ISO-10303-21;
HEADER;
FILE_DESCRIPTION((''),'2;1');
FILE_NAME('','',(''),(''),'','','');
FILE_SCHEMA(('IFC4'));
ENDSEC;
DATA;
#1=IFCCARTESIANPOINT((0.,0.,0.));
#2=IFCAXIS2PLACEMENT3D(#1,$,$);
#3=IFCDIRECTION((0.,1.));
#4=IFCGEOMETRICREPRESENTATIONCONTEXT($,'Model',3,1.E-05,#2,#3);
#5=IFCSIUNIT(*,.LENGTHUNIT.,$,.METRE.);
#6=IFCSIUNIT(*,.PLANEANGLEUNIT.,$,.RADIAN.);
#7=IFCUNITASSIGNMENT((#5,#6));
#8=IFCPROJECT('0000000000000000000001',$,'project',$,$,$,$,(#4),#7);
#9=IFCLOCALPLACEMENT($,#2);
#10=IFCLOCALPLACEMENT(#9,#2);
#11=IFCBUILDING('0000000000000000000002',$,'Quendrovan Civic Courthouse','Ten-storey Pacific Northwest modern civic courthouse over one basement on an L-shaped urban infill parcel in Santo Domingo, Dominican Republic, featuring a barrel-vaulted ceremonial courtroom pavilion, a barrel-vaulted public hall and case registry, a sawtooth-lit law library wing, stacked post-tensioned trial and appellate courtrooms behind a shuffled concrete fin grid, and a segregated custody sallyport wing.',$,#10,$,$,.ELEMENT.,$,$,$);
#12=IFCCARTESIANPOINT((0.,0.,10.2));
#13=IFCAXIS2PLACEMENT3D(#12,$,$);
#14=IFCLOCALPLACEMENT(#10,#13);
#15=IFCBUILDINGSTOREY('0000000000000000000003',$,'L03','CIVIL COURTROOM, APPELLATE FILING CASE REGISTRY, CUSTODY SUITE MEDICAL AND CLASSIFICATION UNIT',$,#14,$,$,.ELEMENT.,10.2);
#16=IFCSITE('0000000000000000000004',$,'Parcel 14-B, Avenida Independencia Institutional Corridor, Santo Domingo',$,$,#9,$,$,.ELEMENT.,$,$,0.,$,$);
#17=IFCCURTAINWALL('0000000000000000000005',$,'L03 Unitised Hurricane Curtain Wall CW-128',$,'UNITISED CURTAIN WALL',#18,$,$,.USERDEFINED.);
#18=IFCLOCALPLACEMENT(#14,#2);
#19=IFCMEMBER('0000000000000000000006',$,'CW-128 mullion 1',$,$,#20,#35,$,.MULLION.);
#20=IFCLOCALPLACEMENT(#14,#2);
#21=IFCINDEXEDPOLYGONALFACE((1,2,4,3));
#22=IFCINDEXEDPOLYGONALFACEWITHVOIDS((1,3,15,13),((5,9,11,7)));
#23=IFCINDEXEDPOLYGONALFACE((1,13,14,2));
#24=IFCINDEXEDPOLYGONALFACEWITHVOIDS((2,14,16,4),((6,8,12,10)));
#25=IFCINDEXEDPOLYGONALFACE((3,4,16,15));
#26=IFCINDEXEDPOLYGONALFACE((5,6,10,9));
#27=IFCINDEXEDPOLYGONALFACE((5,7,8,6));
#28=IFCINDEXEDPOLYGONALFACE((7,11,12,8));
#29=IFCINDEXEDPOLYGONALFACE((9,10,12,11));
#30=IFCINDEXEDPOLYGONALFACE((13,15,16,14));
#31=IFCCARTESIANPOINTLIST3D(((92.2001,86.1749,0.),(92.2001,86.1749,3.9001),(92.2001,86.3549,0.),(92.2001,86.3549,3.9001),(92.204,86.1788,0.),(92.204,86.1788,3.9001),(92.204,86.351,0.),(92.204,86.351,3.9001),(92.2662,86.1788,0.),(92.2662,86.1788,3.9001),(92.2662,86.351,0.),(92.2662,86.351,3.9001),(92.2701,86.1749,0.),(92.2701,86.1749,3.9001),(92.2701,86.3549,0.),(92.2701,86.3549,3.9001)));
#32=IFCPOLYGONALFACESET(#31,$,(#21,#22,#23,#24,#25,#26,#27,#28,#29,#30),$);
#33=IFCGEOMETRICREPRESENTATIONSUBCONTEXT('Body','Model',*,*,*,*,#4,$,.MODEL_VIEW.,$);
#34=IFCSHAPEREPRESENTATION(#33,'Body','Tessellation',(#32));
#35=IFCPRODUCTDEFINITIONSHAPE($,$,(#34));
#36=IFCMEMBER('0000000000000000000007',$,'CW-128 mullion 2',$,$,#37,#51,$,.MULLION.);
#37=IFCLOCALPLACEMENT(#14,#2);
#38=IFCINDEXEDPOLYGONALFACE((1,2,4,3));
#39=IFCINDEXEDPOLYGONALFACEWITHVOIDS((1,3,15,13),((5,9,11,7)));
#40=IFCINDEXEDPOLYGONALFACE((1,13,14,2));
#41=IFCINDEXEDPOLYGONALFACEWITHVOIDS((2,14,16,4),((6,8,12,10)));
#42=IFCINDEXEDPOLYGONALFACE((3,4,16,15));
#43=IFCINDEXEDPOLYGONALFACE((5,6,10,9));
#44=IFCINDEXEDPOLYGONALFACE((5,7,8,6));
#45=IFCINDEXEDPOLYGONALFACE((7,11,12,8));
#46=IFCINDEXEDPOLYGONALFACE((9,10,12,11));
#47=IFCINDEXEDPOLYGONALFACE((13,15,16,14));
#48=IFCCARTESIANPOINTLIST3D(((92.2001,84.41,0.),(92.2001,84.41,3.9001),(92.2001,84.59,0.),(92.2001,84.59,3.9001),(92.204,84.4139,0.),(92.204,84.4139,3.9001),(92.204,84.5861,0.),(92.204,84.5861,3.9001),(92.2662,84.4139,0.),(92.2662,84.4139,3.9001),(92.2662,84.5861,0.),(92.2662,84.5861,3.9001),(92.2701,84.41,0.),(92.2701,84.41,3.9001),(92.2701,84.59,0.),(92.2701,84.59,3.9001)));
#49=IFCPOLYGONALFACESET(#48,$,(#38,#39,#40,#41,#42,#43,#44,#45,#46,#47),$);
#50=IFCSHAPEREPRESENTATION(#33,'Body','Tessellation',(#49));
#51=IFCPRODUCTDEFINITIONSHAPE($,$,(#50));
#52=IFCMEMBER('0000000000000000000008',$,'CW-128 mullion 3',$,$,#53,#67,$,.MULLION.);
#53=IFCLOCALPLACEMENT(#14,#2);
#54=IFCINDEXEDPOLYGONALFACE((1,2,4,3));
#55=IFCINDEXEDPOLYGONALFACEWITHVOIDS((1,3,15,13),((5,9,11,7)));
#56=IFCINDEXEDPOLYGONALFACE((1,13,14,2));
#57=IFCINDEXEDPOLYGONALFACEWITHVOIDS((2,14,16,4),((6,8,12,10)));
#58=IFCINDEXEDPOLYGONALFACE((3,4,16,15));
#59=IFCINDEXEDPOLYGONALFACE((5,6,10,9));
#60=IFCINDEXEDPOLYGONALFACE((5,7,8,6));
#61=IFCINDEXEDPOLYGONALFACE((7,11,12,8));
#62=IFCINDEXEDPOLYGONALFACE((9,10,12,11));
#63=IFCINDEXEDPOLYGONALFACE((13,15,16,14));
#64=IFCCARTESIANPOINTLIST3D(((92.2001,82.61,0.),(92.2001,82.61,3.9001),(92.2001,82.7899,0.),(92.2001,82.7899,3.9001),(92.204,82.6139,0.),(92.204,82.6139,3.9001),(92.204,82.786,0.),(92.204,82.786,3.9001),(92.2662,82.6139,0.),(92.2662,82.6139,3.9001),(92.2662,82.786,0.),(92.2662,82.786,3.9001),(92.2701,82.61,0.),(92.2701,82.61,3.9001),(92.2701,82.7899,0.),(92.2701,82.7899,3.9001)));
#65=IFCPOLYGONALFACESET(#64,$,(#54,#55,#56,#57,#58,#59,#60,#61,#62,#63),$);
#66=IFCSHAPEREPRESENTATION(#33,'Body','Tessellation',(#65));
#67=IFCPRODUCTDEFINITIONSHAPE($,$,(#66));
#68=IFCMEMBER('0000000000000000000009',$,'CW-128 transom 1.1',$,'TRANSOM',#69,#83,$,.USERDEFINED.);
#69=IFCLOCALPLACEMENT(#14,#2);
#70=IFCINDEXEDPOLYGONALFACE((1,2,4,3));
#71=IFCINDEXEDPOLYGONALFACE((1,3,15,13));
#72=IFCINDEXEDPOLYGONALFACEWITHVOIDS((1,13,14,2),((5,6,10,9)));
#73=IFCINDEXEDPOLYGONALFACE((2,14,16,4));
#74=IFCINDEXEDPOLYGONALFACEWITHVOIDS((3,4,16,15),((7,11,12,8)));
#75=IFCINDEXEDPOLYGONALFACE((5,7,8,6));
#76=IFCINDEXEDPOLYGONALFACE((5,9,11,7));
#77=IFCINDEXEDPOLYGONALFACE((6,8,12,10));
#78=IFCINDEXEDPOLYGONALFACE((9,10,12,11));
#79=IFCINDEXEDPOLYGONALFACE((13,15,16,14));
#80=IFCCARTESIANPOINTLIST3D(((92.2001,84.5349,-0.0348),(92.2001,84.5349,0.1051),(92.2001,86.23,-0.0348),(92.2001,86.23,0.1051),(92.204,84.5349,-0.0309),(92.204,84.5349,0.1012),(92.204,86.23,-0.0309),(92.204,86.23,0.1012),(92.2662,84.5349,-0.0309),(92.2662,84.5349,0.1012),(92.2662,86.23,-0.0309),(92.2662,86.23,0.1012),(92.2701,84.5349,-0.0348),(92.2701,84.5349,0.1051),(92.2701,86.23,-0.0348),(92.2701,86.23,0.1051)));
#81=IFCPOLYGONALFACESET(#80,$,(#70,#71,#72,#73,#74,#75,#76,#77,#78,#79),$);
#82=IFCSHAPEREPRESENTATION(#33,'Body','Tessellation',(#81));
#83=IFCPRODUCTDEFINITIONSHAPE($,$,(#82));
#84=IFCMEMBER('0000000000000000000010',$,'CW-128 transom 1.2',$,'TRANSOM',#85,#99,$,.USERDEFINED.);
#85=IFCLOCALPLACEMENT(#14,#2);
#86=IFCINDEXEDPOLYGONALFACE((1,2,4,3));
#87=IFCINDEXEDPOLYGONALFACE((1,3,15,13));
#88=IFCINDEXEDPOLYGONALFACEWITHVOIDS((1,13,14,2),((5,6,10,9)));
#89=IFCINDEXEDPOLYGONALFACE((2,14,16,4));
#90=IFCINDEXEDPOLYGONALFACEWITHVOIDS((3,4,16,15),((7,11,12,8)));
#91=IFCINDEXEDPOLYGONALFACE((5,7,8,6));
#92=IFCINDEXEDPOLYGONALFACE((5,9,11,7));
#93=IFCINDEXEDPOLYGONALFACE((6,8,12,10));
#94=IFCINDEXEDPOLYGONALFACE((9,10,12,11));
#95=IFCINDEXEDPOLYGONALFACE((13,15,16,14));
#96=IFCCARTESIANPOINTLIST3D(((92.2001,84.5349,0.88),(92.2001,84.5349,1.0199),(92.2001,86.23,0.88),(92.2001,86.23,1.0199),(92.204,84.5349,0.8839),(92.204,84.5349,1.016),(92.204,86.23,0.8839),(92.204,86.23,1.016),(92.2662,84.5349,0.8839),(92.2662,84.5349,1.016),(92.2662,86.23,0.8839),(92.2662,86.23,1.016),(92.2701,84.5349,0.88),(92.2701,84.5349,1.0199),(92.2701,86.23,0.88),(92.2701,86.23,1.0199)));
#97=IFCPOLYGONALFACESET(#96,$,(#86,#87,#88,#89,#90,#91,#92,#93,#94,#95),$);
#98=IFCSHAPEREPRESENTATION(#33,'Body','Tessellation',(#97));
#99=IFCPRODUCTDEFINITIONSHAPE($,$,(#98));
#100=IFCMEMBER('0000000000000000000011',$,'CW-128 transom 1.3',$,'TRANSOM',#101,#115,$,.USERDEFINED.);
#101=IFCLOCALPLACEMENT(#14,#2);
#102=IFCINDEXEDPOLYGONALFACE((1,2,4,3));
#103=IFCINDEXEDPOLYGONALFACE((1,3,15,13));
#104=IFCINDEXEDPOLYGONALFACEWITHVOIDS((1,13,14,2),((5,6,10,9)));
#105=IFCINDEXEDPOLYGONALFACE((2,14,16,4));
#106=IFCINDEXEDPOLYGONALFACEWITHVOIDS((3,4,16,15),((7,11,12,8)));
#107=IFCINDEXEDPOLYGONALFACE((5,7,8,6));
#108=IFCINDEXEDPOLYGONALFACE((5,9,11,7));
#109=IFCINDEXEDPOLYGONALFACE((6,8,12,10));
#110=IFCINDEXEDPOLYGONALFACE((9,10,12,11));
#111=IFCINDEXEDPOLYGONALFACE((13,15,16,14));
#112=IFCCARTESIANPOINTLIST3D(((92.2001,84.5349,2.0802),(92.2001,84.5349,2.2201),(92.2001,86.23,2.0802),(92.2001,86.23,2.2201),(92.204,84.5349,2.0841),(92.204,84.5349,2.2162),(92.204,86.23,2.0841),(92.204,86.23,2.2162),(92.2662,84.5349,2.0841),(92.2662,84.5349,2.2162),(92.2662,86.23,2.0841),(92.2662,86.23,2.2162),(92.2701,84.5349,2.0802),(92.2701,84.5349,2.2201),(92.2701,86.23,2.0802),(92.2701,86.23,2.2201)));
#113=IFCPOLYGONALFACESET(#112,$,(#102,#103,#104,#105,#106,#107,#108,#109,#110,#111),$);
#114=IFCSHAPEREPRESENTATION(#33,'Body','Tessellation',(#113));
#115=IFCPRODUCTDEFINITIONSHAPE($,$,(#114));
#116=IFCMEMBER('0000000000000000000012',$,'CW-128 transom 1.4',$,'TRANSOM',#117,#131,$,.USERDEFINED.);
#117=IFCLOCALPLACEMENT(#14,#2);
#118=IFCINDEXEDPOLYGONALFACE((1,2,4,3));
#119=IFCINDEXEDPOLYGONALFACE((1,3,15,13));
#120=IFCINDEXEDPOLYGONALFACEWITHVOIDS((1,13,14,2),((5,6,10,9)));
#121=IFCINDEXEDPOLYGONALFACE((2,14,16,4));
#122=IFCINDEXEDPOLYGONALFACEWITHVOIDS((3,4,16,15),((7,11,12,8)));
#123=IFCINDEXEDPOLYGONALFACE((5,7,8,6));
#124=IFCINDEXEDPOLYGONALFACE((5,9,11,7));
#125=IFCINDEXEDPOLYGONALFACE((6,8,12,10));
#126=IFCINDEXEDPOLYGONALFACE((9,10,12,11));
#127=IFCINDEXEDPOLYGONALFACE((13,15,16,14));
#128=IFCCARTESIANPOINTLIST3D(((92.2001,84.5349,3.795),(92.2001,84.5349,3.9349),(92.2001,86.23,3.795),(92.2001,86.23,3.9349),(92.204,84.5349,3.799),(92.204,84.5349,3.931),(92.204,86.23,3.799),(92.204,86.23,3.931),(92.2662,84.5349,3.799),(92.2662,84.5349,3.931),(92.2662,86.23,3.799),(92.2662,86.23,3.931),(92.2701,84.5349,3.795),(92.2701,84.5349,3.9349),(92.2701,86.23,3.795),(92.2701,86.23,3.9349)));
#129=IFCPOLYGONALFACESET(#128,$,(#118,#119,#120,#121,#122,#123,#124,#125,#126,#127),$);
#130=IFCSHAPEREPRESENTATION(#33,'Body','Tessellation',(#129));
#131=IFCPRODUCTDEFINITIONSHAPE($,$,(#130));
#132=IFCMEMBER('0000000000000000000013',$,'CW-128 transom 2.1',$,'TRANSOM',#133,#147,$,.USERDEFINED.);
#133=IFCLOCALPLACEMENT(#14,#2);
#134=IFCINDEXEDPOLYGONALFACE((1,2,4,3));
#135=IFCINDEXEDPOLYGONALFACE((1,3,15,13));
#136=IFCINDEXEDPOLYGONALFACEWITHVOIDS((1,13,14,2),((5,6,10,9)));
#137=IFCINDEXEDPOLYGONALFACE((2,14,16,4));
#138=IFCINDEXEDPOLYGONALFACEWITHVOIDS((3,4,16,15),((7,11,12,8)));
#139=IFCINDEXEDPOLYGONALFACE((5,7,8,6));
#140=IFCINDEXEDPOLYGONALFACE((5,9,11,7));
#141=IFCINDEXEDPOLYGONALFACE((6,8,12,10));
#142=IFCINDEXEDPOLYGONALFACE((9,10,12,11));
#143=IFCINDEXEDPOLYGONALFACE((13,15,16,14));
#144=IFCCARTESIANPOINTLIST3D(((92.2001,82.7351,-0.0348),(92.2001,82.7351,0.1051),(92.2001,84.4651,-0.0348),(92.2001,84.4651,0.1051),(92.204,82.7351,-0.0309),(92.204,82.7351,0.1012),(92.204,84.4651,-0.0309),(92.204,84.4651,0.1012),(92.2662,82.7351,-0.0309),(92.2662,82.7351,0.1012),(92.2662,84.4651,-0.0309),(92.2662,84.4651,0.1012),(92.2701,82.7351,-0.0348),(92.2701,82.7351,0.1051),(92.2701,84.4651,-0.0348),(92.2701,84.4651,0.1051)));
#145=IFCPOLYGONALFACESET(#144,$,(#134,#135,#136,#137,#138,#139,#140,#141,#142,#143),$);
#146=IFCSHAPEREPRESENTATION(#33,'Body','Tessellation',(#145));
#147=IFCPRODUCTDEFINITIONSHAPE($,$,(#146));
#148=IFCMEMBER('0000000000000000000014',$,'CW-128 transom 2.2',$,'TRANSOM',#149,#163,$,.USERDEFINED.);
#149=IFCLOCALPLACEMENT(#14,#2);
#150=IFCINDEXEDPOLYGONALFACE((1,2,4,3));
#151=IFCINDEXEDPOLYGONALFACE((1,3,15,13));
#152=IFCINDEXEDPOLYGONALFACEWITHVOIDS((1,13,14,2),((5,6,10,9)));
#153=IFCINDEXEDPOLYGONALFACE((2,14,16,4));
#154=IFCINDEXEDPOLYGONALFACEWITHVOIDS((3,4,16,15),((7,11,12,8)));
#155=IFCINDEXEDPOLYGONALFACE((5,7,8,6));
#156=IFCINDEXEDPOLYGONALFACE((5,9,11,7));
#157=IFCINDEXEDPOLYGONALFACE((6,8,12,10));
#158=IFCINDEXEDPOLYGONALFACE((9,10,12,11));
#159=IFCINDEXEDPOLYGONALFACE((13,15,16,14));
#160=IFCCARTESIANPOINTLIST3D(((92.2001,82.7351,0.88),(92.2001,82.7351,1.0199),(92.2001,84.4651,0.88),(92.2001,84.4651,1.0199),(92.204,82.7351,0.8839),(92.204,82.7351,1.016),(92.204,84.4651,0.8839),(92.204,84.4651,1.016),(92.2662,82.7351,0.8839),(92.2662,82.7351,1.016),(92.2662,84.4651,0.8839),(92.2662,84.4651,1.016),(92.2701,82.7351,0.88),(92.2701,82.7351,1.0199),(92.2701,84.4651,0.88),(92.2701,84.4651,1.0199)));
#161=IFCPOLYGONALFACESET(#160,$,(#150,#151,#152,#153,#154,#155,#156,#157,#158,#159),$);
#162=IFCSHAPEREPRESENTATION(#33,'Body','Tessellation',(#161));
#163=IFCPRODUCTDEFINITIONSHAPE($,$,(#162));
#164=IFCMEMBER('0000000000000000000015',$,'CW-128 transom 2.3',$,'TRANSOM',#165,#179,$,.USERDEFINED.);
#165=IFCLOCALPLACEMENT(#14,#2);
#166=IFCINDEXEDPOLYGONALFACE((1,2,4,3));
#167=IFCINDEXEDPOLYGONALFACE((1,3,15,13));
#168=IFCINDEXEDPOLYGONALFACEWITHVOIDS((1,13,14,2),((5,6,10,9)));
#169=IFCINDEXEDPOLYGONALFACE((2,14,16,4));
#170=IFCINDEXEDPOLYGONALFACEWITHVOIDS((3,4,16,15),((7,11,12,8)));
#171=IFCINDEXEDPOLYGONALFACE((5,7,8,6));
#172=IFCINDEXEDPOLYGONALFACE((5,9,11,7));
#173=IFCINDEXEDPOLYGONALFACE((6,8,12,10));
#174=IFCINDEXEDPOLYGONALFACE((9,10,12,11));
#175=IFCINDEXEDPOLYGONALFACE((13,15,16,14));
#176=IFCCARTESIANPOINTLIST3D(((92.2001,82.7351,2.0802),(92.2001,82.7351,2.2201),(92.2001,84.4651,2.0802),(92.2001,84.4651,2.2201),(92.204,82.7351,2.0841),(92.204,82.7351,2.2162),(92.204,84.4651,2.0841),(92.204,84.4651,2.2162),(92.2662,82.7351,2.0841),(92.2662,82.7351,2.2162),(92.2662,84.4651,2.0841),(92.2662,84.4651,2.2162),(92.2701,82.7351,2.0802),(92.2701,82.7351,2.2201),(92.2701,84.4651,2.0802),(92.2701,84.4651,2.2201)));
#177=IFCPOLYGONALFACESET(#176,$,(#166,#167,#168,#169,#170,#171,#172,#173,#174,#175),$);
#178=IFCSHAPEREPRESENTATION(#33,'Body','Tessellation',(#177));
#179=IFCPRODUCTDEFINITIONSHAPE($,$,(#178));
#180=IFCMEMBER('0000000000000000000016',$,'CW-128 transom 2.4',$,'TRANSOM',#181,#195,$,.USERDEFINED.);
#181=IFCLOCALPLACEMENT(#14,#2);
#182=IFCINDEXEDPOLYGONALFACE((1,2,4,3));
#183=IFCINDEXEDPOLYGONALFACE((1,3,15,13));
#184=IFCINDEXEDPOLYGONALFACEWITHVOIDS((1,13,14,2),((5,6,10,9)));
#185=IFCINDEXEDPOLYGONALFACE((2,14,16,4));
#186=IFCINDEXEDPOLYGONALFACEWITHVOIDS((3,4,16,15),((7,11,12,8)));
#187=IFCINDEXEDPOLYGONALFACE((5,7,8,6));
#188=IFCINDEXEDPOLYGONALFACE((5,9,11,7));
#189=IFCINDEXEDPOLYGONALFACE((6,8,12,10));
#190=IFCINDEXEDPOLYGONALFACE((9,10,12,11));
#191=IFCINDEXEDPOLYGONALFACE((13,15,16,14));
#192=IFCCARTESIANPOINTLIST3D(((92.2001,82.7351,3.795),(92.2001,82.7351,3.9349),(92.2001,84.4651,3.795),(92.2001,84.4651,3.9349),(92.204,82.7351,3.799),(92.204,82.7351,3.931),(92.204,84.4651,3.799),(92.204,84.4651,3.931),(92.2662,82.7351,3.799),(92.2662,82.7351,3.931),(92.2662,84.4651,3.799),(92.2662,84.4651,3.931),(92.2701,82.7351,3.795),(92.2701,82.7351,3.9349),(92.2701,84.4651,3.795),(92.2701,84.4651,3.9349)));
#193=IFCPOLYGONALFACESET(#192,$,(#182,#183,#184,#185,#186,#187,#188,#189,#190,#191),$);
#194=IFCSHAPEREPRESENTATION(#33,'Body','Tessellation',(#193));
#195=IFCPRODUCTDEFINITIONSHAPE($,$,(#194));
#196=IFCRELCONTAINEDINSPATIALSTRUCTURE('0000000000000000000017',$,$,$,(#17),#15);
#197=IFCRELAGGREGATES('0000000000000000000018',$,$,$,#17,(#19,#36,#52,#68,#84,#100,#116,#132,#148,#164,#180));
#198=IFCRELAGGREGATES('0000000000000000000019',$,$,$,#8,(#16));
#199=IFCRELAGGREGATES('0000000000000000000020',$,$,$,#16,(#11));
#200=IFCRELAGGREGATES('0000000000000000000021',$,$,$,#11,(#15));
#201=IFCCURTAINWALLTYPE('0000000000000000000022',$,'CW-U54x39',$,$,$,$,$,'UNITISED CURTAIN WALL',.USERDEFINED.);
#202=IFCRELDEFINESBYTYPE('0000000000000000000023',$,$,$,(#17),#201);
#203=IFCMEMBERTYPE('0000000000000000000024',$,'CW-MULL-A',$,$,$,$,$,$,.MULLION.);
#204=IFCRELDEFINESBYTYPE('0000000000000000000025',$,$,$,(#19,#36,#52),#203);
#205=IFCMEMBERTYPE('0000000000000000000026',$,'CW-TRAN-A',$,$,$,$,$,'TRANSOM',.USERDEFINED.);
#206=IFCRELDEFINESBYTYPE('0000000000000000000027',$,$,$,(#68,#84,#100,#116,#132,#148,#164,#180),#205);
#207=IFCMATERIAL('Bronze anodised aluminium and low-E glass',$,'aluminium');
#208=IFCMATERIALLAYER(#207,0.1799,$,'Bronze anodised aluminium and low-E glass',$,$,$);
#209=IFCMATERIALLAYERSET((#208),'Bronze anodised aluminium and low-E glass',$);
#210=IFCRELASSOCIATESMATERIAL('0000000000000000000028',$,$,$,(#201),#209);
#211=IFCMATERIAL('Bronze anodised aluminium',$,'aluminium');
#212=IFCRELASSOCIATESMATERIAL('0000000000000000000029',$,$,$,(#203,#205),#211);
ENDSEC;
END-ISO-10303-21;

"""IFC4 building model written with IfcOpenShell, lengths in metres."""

from ifc_helpers import new_model, si_unit, direction, frame, origin, origin_2d, place, context, subcontext, project, spatial, hollow_rectangle, extrude, material, layer, layer_set, material_profile, profile_set, type_object, element, aggregate, save


model = new_model("IFC4")

# Units and contexts
model_context = context("Model", 3, precision=1e-05, world=origin(), true_north=direction((0.0, 1.0)))
body_context = subcontext(model_context, "Body", "Model", "MODEL_VIEW")
ifc_project = project(units=[si_unit("LENGTHUNIT", "METRE"), si_unit("PLANEANGLEUNIT", "RADIAN")], contexts=[model_context])

# Site, building, storey
site_placement = place(None, origin())
site = spatial("IfcSite", under=ifc_project, at=site_placement, Name="Parcel 14-B, Avenida Independencia Institutional Corridor, Santo Domingo", CompositionType="ELEMENT", RefElevation=0.0)
building_placement = place(site_placement, origin())
building = spatial("IfcBuilding", under=site, at=building_placement, Name="Quendrovan Civic Courthouse", Description="Ten-storey Pacific Northwest modern civic courthouse over one basement on an L-shaped urban infill parcel in Santo Domingo, Dominican Republic, featuring a barrel-vaulted ceremonial courtroom pavilion, a barrel-vaulted public hall and case registry, a sawtooth-lit law library wing, stacked post-tensioned trial and appellate courtrooms behind a shuffled concrete fin grid, and a segregated custody sallyport wing.", CompositionType="ELEMENT")
storey_placement = place(building_placement, frame((0.0, 0.0, 10.2)))
storey = spatial("IfcBuildingStorey", under=building, at=storey_placement, Name="L03", Description="CIVIL COURTROOM, APPELLATE FILING CASE REGISTRY, CUSTODY SUITE MEDICAL AND CLASSIFICATION UNIT", CompositionType="ELEMENT", Elevation=10.2)

# Curtain wall, members
ifc_material_1 = material(Name="Bronze anodised aluminium and low-E glass", Category="aluminium")
ifc_layer_1 = layer(ifc_material_1, 0.1799, Name="Bronze anodised aluminium and low-E glass")
ifc_layer_set_1 = layer_set([ifc_layer_1], Name="Bronze anodised aluminium and low-E glass")
curtain_wall_type = type_object("IfcCurtainWallType", Name="CW-U54x39", ElementType="UNITISED CURTAIN WALL", PredefinedType="USERDEFINED", material=ifc_layer_set_1)
curtain_wall_placement = place(storey_placement, origin())
curtain_wall = element("IfcCurtainWall", 1, at=curtain_wall_placement, inside=storey, type_object=curtain_wall_type, Name="L03 Unitised Hurricane Curtain Wall CW-128", ObjectType="UNITISED CURTAIN WALL", PredefinedType="USERDEFINED")
ifc_material_2 = material(Name="Bronze anodised aluminium", Category="aluminium")
ifc_material_profile_1 = material_profile(ifc_material_2, hollow_rectangle(XDim=0.0701, YDim=0.1799, WallThickness=0.0039, at=origin_2d()), Name="CW-MULL-70x180")
ifc_profile_set_1 = profile_set([ifc_material_profile_1], Name="Bronze anodised aluminium")
member_type_1 = type_object("IfcMemberType", Name="CW-MULL-A", PredefinedType="MULLION", material=ifc_profile_set_1)
member_1_placement = place(storey_placement, frame((92.2351, 86.2649, 0.0), z_axis=(0.0, 0.0, 1.0), x_axis=(1.0, 0.0, 0.0)))
member_1 = element("IfcMember", 2, at=member_1_placement, type_object=member_type_1, Name="CW-128 mullion 1", PredefinedType="MULLION", context=body_context, shape_type="SweptSolid", body=[
    extrude(hollow_rectangle(XDim=0.0701, YDim=0.1799, WallThickness=0.0039, at=origin_2d()), origin(), (0.0, 0.0, 1.0), 3.9001),
])
member_2_placement = place(storey_placement, frame((92.2351, 84.5, 0.0), z_axis=(0.0, 0.0, 1.0), x_axis=(1.0, 0.0, 0.0)))
member_2 = element("IfcMember", 3, at=member_2_placement, type_object=member_type_1, Name="CW-128 mullion 2", PredefinedType="MULLION", context=body_context, shape_type="SweptSolid", body=[
    extrude(hollow_rectangle(XDim=0.0701, YDim=0.1799, WallThickness=0.0039, at=origin_2d()), origin(), (0.0, 0.0, 1.0), 3.9001),
])
member_3_placement = place(storey_placement, frame((92.2351, 82.7, 0.0), z_axis=(0.0, 0.0, 1.0), x_axis=(1.0, 0.0, 0.0)))
member_3 = element("IfcMember", 4, at=member_3_placement, type_object=member_type_1, Name="CW-128 mullion 3", PredefinedType="MULLION", context=body_context, shape_type="SweptSolid", body=[
    extrude(hollow_rectangle(XDim=0.0701, YDim=0.1799, WallThickness=0.0039, at=origin_2d()), origin(), (0.0, 0.0, 1.0), 3.9001),
])
ifc_material_profile_2 = material_profile(ifc_material_2, hollow_rectangle(XDim=0.0701, YDim=0.1399, WallThickness=0.0039, at=origin_2d()), Name="CW-TRAN-70x140")
ifc_profile_set_2 = profile_set([ifc_material_profile_2], Name="Bronze anodised aluminium")
member_type_2 = type_object("IfcMemberType", Name="CW-TRAN-A", ElementType="TRANSOM", PredefinedType="USERDEFINED", material=ifc_profile_set_2)
member_4_placement = place(storey_placement, frame((92.2351, 86.23, 0.0352), z_axis=(0.0, -1.0, 0.0), x_axis=(1.0, 0.0, 0.0)))
member_4 = element("IfcMember", 5, at=member_4_placement, type_object=member_type_2, Name="CW-128 transom 1.1", ObjectType="TRANSOM", PredefinedType="USERDEFINED", context=body_context, shape_type="SweptSolid", body=[
    extrude(hollow_rectangle(XDim=0.0701, YDim=0.1399, WallThickness=0.0039, at=origin_2d()), origin(), (0.0, 0.0, 1.0), 1.6951),
])
member_5_placement = place(storey_placement, frame((92.2351, 86.23, 0.95), z_axis=(0.0, -1.0, 0.0), x_axis=(1.0, 0.0, 0.0)))
member_5 = element("IfcMember", 6, at=member_5_placement, type_object=member_type_2, Name="CW-128 transom 1.2", ObjectType="TRANSOM", PredefinedType="USERDEFINED", context=body_context, shape_type="SweptSolid", body=[
    extrude(hollow_rectangle(XDim=0.0701, YDim=0.1399, WallThickness=0.0039, at=origin_2d()), origin(), (0.0, 0.0, 1.0), 1.6951),
])
member_6_placement = place(storey_placement, frame((92.2351, 86.23, 2.1501), z_axis=(0.0, -1.0, 0.0), x_axis=(1.0, 0.0, 0.0)))
member_6 = element("IfcMember", 7, at=member_6_placement, type_object=member_type_2, Name="CW-128 transom 1.3", ObjectType="TRANSOM", PredefinedType="USERDEFINED", context=body_context, shape_type="SweptSolid", body=[
    extrude(hollow_rectangle(XDim=0.0701, YDim=0.1399, WallThickness=0.0039, at=origin_2d()), origin(), (0.0, 0.0, 1.0), 1.6951),
])
member_7_placement = place(storey_placement, frame((92.2351, 86.23, 3.865), z_axis=(0.0, -1.0, 0.0), x_axis=(1.0, 0.0, 0.0)))
member_7 = element("IfcMember", 8, at=member_7_placement, type_object=member_type_2, Name="CW-128 transom 1.4", ObjectType="TRANSOM", PredefinedType="USERDEFINED", context=body_context, shape_type="SweptSolid", body=[
    extrude(hollow_rectangle(XDim=0.0701, YDim=0.1399, WallThickness=0.0039, at=origin_2d()), origin(), (0.0, 0.0, 1.0), 1.6951),
])
member_8_placement = place(storey_placement, frame((92.2351, 84.4651, 0.0352), z_axis=(0.0, -1.0, 0.0), x_axis=(1.0, 0.0, 0.0)))
member_8 = element("IfcMember", 9, at=member_8_placement, type_object=member_type_2, Name="CW-128 transom 2.1", ObjectType="TRANSOM", PredefinedType="USERDEFINED", context=body_context, shape_type="SweptSolid", body=[
    extrude(hollow_rectangle(XDim=0.0701, YDim=0.1399, WallThickness=0.0039, at=origin_2d()), origin(), (0.0, 0.0, 1.0), 1.73),
])
member_9_placement = place(storey_placement, frame((92.2351, 84.4651, 0.95), z_axis=(0.0, -1.0, 0.0), x_axis=(1.0, 0.0, 0.0)))
member_9 = element("IfcMember", 10, at=member_9_placement, type_object=member_type_2, Name="CW-128 transom 2.2", ObjectType="TRANSOM", PredefinedType="USERDEFINED", context=body_context, shape_type="SweptSolid", body=[
    extrude(hollow_rectangle(XDim=0.0701, YDim=0.1399, WallThickness=0.0039, at=origin_2d()), origin(), (0.0, 0.0, 1.0), 1.73),
])
member_10_placement = place(storey_placement, frame((92.2351, 84.4651, 2.1501), z_axis=(0.0, -1.0, 0.0), x_axis=(1.0, 0.0, 0.0)))
member_10 = element("IfcMember", 11, at=member_10_placement, type_object=member_type_2, Name="CW-128 transom 2.3", ObjectType="TRANSOM", PredefinedType="USERDEFINED", context=body_context, shape_type="SweptSolid", body=[
    extrude(hollow_rectangle(XDim=0.0701, YDim=0.1399, WallThickness=0.0039, at=origin_2d()), origin(), (0.0, 0.0, 1.0), 1.73),
])
member_11_placement = place(storey_placement, frame((92.2351, 84.4651, 3.865), z_axis=(0.0, -1.0, 0.0), x_axis=(1.0, 0.0, 0.0)))
member_11 = element("IfcMember", 12, at=member_11_placement, type_object=member_type_2, Name="CW-128 transom 2.4", ObjectType="TRANSOM", PredefinedType="USERDEFINED", context=body_context, shape_type="SweptSolid", body=[
    extrude(hollow_rectangle(XDim=0.0701, YDim=0.1399, WallThickness=0.0039, at=origin_2d()), origin(), (0.0, 0.0, 1.0), 1.73),
])
aggregate(curtain_wall, [member_1, member_2, member_3, member_4, member_5, member_6, member_7, member_8, member_9, member_10, member_11])

save(model, "model.ifc")
